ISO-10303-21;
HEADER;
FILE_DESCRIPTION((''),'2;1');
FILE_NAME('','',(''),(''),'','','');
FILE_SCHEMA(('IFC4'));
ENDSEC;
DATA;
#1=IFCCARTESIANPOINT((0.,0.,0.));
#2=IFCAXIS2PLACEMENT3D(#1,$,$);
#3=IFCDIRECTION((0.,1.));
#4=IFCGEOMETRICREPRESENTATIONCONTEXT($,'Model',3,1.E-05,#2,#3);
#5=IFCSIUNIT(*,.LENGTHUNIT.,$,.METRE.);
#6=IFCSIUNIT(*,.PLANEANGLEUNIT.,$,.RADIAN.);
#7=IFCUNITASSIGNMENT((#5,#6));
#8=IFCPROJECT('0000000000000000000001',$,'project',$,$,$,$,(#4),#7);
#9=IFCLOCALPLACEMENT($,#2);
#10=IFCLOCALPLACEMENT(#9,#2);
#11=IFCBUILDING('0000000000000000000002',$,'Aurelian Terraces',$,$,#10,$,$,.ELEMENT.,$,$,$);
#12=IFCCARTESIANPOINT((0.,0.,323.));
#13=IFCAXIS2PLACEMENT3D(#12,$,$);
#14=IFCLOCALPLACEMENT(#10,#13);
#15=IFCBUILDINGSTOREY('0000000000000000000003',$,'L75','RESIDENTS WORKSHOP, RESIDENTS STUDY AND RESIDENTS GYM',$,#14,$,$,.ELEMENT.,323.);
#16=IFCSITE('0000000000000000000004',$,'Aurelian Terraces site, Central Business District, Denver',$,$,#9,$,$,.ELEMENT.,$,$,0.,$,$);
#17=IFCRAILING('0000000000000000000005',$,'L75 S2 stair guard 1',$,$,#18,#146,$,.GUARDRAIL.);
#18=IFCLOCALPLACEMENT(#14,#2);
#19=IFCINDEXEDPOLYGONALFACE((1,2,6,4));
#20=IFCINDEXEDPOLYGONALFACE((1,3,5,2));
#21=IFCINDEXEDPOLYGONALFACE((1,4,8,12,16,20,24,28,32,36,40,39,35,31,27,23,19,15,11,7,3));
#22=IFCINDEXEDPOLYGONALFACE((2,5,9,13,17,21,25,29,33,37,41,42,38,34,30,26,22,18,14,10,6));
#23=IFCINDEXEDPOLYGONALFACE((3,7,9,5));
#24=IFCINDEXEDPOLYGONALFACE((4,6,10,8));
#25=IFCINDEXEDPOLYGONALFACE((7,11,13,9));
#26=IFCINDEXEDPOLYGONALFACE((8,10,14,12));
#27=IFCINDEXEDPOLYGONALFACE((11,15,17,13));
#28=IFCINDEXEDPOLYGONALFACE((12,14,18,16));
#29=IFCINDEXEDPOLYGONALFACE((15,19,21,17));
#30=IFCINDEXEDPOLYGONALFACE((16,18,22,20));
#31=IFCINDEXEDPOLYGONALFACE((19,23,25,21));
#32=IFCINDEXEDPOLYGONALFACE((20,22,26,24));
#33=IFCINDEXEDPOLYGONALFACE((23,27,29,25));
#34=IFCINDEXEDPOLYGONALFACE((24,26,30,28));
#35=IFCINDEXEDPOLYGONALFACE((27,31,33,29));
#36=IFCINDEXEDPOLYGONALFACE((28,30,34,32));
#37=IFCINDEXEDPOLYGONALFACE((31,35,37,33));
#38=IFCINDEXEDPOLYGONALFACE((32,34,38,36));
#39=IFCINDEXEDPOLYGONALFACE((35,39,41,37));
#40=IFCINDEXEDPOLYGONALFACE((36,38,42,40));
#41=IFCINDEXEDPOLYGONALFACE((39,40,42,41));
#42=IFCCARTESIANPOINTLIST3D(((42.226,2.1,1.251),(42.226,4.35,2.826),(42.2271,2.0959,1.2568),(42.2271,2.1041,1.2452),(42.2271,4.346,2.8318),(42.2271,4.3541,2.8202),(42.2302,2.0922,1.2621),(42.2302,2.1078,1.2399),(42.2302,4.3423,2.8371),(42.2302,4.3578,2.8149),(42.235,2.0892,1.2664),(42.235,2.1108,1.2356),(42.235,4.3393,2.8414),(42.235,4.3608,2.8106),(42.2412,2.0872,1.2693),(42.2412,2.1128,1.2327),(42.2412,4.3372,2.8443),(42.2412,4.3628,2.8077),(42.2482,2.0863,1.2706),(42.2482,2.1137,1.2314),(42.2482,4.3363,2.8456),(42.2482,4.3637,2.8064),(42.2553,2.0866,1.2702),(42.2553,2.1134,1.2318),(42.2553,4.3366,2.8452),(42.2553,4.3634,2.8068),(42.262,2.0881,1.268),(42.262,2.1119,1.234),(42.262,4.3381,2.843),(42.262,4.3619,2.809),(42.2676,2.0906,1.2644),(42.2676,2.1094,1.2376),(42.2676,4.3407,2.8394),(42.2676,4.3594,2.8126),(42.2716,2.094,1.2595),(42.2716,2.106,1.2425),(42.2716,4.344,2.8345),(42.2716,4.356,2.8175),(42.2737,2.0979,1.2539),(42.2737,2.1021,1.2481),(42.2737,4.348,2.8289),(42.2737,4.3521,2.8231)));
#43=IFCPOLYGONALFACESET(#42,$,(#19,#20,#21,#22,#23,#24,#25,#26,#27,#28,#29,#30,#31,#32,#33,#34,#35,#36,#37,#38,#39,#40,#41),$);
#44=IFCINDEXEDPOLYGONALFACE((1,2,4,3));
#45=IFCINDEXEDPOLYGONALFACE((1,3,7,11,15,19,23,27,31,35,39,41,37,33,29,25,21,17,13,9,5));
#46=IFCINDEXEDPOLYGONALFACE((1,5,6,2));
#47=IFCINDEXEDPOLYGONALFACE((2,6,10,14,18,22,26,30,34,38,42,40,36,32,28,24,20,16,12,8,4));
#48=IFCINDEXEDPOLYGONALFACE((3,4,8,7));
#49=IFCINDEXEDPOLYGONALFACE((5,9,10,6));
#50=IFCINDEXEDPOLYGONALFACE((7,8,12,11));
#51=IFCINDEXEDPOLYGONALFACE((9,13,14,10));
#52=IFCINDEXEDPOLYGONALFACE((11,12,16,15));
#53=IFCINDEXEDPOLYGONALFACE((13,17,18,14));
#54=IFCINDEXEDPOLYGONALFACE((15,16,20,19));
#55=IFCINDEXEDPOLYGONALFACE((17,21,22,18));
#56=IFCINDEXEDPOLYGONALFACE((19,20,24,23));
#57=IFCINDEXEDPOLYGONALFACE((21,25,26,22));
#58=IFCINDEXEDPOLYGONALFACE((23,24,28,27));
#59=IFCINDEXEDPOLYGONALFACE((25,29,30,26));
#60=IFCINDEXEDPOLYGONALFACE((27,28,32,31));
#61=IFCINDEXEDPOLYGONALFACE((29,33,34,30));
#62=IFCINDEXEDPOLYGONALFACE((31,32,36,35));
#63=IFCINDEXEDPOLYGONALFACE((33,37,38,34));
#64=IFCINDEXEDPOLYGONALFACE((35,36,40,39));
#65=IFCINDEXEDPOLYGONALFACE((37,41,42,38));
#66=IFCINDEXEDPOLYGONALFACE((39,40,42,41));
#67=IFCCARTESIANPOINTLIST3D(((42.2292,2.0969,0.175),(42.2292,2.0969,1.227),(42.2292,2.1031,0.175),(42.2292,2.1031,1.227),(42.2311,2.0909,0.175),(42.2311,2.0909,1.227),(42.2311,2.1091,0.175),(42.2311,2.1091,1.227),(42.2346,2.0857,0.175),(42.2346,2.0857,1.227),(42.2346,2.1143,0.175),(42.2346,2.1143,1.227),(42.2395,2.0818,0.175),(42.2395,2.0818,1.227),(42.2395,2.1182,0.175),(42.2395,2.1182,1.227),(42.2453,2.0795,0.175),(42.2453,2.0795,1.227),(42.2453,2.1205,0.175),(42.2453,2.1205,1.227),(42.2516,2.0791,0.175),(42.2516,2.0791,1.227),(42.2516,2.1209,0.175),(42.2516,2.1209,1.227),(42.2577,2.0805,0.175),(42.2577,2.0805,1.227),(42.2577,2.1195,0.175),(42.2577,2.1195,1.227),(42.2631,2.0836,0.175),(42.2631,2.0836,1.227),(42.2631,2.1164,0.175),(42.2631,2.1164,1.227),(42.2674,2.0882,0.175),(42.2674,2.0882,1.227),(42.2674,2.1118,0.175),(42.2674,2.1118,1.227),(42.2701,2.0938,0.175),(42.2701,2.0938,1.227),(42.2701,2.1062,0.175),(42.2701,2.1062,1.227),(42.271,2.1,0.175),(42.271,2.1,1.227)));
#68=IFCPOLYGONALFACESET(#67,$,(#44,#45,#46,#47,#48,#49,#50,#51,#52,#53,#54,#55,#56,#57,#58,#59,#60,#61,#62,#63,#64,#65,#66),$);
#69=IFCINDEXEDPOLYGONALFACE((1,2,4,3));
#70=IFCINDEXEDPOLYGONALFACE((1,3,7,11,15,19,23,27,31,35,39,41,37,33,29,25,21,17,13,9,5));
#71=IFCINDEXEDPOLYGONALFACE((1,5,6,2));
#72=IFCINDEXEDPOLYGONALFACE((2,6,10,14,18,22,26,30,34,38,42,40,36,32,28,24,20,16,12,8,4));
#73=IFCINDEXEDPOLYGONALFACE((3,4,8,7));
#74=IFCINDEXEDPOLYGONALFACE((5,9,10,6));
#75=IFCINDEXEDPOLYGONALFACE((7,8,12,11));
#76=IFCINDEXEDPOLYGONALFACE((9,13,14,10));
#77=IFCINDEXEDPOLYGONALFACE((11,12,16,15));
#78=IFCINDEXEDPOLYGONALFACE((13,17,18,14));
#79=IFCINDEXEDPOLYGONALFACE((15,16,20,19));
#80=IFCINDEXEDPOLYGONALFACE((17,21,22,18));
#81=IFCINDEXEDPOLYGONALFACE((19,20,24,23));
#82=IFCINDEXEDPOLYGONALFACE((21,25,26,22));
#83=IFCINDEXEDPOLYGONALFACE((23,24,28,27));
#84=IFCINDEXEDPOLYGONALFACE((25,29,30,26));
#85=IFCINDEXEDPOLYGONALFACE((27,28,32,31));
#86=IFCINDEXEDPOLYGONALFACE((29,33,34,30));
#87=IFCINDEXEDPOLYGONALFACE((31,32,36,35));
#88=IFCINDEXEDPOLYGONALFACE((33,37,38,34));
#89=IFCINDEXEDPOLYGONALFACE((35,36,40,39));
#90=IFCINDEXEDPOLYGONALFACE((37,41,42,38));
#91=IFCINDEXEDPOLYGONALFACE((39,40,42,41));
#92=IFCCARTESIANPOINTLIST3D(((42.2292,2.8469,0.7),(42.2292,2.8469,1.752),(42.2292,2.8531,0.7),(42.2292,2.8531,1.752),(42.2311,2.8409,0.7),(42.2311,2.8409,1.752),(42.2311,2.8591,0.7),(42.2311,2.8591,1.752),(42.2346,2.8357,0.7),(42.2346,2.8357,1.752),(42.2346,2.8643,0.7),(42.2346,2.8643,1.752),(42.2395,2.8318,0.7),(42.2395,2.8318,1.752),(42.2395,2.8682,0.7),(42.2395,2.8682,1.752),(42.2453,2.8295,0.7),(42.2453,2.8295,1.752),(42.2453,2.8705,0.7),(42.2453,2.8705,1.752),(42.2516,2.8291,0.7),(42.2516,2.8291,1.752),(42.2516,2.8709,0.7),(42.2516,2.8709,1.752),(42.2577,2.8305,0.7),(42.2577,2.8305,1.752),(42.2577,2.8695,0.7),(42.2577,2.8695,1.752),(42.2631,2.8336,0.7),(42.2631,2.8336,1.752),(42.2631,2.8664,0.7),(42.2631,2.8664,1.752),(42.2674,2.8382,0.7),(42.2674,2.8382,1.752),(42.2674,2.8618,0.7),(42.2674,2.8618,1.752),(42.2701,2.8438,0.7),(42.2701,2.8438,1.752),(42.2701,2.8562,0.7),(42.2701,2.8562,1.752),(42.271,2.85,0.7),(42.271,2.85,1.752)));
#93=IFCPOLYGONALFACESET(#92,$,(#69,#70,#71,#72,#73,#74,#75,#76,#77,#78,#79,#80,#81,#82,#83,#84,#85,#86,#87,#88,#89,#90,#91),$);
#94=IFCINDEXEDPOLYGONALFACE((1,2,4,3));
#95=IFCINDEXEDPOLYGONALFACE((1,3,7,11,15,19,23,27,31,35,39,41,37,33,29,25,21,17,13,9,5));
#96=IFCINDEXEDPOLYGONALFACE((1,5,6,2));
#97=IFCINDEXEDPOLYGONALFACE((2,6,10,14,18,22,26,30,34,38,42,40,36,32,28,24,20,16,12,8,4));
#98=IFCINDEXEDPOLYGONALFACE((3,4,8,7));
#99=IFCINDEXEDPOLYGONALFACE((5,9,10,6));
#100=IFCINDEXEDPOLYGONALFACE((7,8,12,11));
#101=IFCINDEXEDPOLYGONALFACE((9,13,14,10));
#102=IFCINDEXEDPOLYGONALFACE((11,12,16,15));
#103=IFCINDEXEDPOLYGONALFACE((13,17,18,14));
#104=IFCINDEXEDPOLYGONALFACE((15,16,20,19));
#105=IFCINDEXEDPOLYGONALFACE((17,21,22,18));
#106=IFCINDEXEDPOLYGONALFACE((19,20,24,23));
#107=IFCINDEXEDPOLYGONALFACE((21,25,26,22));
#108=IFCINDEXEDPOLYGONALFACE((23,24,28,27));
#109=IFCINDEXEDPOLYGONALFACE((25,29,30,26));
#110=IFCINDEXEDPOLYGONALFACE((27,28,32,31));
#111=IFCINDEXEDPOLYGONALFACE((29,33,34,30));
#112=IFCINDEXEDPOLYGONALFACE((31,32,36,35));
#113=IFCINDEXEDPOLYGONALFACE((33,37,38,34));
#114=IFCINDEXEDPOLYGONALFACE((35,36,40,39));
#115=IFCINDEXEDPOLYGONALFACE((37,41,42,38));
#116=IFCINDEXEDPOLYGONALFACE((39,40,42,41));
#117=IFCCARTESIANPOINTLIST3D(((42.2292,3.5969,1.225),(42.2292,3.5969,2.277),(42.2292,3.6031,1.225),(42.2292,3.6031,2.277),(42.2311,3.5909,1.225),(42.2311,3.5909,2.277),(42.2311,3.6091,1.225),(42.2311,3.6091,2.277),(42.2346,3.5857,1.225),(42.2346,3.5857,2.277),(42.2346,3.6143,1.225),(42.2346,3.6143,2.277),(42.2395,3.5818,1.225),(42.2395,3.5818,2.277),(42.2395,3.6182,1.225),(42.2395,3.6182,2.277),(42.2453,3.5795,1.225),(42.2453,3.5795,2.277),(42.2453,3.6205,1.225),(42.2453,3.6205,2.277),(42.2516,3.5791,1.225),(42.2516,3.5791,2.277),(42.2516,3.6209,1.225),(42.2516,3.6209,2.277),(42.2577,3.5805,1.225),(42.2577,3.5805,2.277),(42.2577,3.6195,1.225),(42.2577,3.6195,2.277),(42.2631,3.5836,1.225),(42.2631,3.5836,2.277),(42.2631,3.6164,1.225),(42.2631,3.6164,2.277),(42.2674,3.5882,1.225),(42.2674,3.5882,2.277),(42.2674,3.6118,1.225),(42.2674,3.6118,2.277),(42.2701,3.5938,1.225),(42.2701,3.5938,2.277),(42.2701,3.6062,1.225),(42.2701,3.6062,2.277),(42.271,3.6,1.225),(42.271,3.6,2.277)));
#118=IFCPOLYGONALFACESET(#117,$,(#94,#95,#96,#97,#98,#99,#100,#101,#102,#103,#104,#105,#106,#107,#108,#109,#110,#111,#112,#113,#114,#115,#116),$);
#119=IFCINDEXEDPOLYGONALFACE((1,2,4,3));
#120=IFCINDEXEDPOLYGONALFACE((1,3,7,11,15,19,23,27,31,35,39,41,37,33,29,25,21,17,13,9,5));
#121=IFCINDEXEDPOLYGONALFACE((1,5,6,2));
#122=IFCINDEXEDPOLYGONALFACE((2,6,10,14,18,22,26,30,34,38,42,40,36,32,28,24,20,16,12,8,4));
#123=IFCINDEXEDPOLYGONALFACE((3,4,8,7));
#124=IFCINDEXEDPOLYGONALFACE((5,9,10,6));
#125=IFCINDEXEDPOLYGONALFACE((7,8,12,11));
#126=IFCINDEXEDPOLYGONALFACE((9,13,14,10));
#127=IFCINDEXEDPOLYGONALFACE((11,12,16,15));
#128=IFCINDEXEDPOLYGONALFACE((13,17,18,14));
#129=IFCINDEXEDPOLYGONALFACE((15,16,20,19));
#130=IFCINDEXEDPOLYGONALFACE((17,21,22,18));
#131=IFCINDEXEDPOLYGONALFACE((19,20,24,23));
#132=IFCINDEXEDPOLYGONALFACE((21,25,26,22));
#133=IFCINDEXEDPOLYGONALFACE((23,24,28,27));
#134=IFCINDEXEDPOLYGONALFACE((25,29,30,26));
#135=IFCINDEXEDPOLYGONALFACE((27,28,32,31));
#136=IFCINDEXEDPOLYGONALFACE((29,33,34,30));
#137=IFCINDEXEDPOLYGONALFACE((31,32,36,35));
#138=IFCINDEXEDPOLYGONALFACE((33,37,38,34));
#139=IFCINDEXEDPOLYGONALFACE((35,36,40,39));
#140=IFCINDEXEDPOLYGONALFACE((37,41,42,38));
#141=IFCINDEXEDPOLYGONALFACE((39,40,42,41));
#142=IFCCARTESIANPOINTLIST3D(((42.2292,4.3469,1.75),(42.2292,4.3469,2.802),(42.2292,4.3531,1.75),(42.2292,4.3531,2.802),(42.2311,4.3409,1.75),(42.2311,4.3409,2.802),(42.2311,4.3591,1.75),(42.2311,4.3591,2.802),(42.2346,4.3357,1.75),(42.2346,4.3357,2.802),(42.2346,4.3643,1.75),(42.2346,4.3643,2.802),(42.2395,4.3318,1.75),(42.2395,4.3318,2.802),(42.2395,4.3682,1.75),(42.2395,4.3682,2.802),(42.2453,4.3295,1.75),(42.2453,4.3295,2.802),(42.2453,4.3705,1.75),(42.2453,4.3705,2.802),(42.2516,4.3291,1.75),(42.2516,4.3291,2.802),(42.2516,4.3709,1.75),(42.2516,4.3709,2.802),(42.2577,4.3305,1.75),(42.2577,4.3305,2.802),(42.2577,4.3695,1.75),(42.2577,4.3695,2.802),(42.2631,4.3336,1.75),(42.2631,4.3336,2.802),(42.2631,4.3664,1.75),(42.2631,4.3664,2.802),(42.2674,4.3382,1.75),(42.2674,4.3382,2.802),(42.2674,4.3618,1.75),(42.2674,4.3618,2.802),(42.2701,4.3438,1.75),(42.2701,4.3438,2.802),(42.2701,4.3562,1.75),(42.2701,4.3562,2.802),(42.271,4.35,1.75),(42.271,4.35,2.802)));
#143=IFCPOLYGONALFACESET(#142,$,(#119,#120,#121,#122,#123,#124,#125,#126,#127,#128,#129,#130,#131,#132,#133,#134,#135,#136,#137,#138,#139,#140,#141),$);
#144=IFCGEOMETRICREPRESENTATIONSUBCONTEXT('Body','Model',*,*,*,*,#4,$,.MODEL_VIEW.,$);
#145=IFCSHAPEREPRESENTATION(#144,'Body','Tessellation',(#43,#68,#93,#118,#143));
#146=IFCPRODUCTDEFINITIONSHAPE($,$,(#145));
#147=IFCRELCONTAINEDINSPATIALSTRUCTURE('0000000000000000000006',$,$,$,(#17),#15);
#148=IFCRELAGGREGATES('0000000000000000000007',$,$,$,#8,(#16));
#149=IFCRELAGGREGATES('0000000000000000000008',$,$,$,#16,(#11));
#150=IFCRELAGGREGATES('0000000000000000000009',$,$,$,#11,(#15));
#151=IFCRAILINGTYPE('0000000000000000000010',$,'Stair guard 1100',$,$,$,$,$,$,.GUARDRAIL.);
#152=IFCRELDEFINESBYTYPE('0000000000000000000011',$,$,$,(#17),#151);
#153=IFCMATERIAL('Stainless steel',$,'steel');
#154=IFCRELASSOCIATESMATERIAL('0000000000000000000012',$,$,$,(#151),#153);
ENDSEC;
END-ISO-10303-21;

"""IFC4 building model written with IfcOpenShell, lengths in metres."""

from ifc_helpers import new_model, si_unit, direction, frame, origin, origin_2d, place, context, subcontext, project, spatial, circle, extrude, source, transform, mapped, material, type_object, element, save


model = new_model("IFC4")

# Units and contexts
model_context = context("Model", 3, precision=1e-05, world=origin(), true_north=direction((0.0, 1.0)))
body_context = subcontext(model_context, "Body", "Model", "MODEL_VIEW")
ifc_project = project(units=[si_unit("LENGTHUNIT", "METRE"), si_unit("PLANEANGLEUNIT", "RADIAN")], contexts=[model_context])

# Site, building, storey
site_placement = place(None, origin())
site = spatial("IfcSite", under=ifc_project, at=site_placement, Name="Aurelian Terraces site, Central Business District, Denver", CompositionType="ELEMENT", RefElevation=0.0)
building_placement = place(site_placement, origin())
building = spatial("IfcBuilding", under=site, at=building_placement, Name="Aurelian Terraces", CompositionType="ELEMENT")
storey_placement = place(building_placement, frame((0.0, 0.0, 323.0)))
storey = spatial("IfcBuildingStorey", under=building, at=storey_placement, Name="L75", Description="RESIDENTS WORKSHOP, RESIDENTS STUDY AND RESIDENTS GYM", CompositionType="ELEMENT", Elevation=323.0)

# Railing
ifc_material_1 = material(Name="Stainless steel", Category="steel")
railing_type_1 = type_object("IfcRailingType", Name="Stair guard 1100", PredefinedType="GUARDRAIL", material=ifc_material_1)
shared_shape_1 = source(origin(), body_context, "Body", "SweptSolid", [
    extrude(circle(Radius=0.024, at=origin_2d()), frame((0.0, 0.0, 1.076), z_axis=(0.0, 0.819232, 0.573462), x_axis=(-1.0, 0.0, 0.0)), (0.0, 0.0, 1.0), 2.7465),
    extrude(circle(Radius=0.021, at=origin_2d()), origin(), (0.0, 0.0, 1.0), 1.052),
    extrude(circle(Radius=0.021, at=origin_2d()), frame((0.0, 0.75, 0.525)), (0.0, 0.0, 1.0), 1.052),
    extrude(circle(Radius=0.021, at=origin_2d()), frame((0.0, 1.5, 1.05)), (0.0, 0.0, 1.0), 1.052),
    extrude(circle(Radius=0.021, at=origin_2d()), frame((0.0, 2.25, 1.575)), (0.0, 0.0, 1.0), 1.052),
])
railing_1_placement = place(storey_placement, frame((42.25, 2.1, 0.175)))
element("IfcRailing", 1, at=railing_1_placement, inside=storey, type_object=railing_type_1, Name="L75 S2 stair guard 1", PredefinedType="GUARDRAIL", context=body_context, shape_type="MappedRepresentation", body=[
    mapped(shared_shape_1, transform((0.0, 0.0, 0.0), scale=1.0)),
])

save(model, "model.ifc")
